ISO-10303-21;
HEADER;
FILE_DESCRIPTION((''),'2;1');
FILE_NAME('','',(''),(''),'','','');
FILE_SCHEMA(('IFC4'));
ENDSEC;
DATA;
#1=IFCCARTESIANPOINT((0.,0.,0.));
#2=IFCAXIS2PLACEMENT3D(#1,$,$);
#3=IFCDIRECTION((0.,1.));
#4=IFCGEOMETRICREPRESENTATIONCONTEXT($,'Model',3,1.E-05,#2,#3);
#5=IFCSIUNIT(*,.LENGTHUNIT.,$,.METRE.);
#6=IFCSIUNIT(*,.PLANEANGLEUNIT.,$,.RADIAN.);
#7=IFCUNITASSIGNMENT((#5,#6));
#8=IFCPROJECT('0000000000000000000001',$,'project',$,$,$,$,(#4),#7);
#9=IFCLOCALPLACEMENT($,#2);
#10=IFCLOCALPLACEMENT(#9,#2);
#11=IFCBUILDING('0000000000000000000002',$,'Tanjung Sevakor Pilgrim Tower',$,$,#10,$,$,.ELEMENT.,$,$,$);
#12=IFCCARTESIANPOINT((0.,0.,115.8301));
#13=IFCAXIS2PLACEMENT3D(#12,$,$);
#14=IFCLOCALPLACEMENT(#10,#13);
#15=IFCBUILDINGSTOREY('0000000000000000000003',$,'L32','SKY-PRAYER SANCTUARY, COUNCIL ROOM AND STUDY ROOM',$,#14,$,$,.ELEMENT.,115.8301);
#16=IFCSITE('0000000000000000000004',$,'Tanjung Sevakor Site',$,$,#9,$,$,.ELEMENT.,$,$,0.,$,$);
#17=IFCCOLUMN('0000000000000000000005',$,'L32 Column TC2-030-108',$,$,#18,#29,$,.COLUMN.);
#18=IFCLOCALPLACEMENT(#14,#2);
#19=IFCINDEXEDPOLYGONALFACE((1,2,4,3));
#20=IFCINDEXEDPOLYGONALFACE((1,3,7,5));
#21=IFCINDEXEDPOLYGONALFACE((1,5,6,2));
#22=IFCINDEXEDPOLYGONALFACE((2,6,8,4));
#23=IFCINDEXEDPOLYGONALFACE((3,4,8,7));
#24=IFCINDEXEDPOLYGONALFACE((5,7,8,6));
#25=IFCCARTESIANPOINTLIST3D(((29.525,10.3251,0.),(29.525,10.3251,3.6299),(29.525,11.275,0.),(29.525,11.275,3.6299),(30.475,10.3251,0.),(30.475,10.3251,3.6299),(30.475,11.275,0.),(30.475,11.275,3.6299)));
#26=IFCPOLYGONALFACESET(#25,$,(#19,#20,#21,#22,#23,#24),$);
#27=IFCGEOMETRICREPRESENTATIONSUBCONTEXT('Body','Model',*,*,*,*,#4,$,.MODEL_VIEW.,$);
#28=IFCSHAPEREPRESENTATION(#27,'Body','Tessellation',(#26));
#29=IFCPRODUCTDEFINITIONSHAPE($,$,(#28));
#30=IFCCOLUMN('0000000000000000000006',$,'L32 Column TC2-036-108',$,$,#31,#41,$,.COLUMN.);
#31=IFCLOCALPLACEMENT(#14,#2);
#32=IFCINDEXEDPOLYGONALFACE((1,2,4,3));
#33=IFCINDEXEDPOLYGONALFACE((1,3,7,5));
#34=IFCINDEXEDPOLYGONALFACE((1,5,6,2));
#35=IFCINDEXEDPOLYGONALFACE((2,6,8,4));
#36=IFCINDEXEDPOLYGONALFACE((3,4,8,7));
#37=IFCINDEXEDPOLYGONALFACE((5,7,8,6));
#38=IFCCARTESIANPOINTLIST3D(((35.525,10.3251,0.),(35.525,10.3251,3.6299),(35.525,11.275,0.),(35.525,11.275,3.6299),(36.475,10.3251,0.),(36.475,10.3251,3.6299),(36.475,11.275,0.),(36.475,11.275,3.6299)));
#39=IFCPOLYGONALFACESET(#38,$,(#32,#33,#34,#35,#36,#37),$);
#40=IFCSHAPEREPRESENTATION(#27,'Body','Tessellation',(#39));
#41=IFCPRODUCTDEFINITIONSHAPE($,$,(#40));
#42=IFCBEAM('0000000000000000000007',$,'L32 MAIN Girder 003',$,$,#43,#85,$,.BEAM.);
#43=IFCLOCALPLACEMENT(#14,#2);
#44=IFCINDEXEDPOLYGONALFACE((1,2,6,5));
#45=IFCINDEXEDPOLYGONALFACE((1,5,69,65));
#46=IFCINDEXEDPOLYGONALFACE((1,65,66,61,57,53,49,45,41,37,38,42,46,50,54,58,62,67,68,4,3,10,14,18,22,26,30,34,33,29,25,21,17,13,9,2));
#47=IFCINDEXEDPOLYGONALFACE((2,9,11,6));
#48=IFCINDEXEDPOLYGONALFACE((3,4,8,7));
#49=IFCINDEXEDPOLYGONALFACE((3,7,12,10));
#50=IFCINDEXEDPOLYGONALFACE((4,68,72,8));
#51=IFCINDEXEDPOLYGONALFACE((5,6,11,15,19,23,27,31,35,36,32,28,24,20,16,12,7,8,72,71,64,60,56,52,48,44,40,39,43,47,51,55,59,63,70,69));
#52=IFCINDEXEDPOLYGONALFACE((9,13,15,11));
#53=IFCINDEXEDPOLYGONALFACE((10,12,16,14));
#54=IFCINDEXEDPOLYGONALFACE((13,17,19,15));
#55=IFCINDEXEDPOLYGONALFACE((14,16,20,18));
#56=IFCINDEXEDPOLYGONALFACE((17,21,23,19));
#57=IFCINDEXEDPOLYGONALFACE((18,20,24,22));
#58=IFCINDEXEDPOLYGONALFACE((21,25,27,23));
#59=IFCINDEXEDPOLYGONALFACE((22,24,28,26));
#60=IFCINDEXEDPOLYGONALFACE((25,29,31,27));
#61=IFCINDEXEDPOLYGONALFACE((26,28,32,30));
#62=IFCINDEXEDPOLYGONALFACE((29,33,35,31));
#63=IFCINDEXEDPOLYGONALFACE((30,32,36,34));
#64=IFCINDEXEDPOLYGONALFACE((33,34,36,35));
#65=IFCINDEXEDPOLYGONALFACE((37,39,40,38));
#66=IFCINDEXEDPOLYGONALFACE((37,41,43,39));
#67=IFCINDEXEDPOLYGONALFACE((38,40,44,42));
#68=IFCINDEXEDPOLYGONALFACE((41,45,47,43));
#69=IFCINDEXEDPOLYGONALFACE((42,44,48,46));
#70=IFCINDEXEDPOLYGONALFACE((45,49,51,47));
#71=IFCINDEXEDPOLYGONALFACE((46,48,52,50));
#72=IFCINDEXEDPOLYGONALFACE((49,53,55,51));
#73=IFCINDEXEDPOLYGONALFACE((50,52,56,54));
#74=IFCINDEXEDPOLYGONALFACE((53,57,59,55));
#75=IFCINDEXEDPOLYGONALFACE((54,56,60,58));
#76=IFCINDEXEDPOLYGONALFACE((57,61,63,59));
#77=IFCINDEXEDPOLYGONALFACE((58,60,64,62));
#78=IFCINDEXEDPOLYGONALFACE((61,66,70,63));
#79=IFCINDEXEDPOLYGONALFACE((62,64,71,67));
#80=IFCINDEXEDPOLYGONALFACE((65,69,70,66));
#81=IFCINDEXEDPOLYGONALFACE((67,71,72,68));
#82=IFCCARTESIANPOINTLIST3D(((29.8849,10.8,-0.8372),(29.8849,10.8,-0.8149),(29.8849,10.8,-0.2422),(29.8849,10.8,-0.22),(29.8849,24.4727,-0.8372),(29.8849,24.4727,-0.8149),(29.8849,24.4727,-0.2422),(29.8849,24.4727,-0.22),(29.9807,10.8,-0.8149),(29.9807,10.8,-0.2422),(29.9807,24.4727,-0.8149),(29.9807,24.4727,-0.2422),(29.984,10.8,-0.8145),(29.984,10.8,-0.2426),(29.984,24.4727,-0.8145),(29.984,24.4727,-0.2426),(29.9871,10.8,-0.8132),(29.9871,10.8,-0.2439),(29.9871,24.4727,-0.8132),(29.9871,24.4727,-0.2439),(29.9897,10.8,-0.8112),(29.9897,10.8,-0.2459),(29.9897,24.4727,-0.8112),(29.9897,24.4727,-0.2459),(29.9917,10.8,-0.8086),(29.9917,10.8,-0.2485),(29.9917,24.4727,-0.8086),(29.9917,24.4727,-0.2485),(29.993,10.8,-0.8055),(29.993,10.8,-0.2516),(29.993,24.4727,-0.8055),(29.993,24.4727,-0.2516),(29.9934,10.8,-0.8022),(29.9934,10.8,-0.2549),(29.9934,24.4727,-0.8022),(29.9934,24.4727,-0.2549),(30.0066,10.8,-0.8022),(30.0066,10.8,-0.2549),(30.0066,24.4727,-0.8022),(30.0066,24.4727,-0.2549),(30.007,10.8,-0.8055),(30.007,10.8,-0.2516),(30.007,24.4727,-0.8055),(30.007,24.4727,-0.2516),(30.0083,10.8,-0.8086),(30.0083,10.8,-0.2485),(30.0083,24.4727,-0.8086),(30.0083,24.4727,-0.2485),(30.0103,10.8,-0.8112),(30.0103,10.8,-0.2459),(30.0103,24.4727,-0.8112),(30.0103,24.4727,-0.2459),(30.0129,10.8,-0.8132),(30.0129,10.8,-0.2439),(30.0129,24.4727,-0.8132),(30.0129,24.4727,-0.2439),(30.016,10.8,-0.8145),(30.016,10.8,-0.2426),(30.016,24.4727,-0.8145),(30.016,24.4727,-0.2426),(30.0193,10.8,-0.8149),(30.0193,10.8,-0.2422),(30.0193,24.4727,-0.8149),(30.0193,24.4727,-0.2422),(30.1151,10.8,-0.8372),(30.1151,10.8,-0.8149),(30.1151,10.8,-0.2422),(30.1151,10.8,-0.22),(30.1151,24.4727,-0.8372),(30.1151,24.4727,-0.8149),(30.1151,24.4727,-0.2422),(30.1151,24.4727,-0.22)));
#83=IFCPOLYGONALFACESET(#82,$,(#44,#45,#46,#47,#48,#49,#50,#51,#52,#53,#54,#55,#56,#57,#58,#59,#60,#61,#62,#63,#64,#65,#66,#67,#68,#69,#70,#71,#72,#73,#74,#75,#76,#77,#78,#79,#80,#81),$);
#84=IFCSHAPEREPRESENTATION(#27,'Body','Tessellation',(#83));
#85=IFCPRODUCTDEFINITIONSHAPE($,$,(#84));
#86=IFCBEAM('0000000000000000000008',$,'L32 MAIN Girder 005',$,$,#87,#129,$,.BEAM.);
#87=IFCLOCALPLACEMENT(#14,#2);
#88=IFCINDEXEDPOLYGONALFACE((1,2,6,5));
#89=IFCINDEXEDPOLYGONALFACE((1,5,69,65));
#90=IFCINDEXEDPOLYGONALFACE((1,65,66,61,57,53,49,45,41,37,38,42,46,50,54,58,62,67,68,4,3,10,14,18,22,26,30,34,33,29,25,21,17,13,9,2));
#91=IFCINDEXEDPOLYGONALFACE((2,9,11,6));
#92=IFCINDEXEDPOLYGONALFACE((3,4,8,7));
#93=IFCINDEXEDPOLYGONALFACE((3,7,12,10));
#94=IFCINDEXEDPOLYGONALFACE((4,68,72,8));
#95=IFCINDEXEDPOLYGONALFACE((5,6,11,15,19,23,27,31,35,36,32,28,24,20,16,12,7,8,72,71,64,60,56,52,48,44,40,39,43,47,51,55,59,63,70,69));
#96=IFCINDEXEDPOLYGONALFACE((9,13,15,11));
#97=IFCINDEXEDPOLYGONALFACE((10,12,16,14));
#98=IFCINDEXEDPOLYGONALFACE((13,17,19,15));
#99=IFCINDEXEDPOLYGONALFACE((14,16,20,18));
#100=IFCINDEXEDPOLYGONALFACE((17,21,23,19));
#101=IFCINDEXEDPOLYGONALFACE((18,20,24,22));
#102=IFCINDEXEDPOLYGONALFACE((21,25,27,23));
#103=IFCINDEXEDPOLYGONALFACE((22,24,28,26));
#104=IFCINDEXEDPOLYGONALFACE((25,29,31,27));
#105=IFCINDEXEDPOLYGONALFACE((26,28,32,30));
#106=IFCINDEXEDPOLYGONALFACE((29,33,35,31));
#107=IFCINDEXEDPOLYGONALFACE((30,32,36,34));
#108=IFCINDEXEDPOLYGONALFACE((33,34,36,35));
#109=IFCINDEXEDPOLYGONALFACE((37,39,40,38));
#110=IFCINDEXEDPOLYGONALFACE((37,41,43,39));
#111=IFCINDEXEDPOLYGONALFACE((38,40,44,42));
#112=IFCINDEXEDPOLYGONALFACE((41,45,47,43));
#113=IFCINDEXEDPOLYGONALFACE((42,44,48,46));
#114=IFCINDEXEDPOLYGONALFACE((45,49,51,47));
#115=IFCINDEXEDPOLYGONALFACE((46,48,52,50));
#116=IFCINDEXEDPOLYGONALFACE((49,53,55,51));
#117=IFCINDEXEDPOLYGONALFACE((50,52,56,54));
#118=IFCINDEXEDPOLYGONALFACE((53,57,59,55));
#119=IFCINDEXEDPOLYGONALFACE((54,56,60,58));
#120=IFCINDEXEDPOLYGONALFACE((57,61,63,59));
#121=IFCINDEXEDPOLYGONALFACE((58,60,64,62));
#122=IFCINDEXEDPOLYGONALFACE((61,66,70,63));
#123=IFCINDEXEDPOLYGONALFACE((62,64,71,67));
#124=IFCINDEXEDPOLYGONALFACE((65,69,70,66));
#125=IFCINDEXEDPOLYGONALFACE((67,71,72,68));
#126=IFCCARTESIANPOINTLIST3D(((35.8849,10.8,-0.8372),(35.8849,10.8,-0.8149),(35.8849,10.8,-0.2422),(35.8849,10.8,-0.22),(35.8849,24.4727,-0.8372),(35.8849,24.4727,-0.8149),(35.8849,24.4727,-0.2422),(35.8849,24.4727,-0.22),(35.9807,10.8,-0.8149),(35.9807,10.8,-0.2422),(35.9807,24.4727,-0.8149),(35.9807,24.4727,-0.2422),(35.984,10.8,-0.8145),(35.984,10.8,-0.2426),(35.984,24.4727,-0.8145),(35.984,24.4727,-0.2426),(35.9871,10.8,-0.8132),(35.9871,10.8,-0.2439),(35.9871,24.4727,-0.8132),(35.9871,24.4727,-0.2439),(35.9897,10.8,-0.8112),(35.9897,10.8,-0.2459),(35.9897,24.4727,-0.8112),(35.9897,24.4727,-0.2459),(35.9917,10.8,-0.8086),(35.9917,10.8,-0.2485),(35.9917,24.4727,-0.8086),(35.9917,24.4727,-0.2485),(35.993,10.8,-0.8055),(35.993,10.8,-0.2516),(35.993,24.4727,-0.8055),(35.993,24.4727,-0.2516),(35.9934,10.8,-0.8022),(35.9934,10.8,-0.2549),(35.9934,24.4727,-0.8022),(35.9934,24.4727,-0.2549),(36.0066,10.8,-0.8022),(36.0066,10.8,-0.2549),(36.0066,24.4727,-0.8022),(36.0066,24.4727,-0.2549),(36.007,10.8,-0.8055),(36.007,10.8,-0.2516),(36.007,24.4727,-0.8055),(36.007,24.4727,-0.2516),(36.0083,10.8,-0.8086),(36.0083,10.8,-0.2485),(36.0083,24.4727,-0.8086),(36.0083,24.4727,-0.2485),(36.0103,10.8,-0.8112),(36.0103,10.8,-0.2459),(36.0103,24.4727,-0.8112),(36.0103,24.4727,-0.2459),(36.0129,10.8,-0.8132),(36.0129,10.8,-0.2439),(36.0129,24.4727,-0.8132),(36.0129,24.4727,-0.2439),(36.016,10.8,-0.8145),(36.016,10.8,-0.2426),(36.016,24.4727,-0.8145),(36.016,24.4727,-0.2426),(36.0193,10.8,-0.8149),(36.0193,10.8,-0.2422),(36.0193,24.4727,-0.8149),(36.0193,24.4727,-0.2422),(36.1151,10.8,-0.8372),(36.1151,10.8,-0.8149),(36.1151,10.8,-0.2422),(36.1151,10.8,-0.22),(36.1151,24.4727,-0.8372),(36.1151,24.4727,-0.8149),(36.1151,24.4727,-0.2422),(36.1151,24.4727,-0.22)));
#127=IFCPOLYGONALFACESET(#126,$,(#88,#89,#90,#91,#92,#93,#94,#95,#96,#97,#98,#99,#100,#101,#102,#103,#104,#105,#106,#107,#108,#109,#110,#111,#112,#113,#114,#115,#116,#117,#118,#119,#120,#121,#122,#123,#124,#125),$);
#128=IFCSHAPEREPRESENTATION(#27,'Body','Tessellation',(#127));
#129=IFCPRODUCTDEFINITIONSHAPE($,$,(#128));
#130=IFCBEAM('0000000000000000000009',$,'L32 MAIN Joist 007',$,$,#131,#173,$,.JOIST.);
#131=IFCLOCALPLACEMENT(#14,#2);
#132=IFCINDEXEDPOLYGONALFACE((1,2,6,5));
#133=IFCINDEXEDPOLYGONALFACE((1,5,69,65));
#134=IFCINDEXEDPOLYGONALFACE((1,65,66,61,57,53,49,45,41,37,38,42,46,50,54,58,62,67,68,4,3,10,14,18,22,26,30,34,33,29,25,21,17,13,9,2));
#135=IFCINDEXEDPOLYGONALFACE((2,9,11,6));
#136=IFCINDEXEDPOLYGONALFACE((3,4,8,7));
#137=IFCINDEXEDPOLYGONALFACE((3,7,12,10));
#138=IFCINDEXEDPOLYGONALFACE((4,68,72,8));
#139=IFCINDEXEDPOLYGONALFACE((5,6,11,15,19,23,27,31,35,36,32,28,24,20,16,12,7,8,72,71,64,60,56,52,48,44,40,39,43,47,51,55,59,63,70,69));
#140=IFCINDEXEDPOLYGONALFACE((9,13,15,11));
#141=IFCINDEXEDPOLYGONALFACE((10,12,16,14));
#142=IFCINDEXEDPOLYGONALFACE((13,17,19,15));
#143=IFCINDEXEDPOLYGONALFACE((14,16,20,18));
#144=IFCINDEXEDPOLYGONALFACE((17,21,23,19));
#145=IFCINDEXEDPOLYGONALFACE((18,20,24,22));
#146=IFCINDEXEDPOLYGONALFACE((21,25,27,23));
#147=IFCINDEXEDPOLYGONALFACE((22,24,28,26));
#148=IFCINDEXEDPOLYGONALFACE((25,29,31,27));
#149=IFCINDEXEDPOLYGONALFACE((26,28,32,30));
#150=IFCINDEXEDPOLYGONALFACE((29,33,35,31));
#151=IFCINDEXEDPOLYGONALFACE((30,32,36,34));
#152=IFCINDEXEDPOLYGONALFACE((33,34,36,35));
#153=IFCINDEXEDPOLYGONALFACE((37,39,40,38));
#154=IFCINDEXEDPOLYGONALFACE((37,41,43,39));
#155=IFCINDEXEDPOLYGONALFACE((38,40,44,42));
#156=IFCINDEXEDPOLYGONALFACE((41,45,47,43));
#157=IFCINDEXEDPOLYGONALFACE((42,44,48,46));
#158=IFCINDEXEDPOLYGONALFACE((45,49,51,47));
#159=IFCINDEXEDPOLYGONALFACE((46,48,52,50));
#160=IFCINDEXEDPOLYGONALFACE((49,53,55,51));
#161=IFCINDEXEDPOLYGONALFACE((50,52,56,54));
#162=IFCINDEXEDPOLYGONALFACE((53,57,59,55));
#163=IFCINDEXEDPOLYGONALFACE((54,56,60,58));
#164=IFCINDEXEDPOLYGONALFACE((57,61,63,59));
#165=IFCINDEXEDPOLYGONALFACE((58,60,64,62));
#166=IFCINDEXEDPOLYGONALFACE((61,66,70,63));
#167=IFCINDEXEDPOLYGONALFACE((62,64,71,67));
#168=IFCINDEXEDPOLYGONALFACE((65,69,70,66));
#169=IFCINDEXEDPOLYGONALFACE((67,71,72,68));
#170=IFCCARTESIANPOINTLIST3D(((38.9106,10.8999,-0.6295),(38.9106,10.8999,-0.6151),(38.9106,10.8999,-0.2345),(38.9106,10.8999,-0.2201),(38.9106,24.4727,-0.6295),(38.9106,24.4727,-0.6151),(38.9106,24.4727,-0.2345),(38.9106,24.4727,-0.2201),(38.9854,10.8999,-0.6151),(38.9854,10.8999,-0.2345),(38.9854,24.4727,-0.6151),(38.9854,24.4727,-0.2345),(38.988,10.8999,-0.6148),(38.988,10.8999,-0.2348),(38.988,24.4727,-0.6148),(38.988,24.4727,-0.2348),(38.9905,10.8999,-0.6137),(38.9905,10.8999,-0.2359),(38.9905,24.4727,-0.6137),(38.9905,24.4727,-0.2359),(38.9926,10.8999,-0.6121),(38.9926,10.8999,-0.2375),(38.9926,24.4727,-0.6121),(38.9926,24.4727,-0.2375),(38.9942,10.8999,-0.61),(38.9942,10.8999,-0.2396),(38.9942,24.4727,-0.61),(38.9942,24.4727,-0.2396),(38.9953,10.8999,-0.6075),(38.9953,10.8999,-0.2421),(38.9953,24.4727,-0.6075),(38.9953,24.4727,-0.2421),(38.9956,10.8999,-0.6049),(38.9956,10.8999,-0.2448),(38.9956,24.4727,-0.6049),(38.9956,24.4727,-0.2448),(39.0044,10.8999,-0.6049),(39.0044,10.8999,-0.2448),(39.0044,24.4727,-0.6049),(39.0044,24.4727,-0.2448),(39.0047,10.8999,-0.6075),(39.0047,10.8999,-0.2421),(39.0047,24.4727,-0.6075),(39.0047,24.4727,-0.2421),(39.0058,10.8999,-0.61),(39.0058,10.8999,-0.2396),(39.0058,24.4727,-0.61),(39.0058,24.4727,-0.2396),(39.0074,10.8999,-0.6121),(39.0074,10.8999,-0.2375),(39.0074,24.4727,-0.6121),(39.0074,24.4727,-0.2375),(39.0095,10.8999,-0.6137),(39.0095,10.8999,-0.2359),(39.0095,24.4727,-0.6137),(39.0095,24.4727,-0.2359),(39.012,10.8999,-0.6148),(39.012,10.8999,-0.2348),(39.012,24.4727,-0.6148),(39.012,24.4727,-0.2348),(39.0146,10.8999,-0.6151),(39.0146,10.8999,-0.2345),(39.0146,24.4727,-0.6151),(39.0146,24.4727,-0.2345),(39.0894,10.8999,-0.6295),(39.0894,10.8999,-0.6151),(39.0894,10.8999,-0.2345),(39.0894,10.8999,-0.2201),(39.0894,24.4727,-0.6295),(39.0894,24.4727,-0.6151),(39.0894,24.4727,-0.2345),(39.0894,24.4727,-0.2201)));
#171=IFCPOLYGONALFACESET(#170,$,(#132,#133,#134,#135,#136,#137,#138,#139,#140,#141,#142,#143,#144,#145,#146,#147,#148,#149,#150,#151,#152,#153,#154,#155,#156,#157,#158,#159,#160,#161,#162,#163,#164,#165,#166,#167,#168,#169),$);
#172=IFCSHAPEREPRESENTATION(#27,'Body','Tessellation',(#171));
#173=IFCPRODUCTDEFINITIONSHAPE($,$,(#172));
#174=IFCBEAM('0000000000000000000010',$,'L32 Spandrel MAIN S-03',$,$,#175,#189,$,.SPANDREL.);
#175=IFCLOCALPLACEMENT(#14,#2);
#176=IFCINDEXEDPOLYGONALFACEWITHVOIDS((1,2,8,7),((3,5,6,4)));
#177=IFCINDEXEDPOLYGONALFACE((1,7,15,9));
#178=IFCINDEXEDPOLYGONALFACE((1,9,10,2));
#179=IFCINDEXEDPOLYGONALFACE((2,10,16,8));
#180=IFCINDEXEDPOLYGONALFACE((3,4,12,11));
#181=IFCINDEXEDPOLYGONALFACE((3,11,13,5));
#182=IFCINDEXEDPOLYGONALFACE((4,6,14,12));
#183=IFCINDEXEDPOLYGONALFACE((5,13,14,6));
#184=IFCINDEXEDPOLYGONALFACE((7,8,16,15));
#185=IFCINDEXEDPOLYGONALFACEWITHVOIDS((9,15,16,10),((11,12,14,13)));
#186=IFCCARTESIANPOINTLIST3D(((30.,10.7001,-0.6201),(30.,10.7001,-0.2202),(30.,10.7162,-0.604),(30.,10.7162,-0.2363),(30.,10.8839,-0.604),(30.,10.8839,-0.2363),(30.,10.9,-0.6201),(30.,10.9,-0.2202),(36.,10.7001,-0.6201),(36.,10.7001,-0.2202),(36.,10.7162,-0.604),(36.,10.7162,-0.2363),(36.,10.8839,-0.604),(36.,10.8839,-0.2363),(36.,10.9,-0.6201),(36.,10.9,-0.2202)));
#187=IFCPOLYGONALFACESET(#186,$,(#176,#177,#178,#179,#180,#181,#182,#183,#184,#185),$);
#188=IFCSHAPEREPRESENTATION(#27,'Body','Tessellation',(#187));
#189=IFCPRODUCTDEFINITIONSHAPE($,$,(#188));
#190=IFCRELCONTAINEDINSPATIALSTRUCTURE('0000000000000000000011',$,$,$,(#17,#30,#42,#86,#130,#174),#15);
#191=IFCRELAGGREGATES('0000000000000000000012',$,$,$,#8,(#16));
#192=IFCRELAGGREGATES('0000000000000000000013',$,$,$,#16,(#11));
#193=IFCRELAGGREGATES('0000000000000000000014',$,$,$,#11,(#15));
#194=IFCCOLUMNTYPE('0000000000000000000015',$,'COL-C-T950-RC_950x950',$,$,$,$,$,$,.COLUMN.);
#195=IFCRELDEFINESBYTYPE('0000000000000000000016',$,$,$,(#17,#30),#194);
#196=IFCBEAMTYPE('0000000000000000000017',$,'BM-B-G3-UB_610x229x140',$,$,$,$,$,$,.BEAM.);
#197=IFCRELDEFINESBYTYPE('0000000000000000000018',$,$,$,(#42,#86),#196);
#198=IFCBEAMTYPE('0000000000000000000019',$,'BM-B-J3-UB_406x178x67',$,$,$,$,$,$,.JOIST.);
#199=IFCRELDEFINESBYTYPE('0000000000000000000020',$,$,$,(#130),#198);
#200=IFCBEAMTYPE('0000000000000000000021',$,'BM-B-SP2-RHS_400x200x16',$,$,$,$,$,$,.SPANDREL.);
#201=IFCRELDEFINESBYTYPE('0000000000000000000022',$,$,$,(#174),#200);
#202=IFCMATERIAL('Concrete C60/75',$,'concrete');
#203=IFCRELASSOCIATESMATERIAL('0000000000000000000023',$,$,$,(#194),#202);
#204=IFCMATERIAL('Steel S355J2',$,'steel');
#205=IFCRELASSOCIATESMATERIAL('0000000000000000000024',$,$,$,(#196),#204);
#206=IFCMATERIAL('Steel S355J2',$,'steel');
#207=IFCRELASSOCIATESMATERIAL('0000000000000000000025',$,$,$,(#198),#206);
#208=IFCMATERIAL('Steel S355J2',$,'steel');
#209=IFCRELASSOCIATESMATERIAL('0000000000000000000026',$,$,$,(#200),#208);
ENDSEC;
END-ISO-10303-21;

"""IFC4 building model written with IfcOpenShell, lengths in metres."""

from ifc_helpers import new_model, si_unit, direction, frame, origin, origin_2d, place, context, subcontext, project, spatial, rectangle, hollow_rectangle, i_section, extrude, material, material_profile, profile_set, type_object, element, save


model = new_model("IFC4")

# Units and contexts
model_context = context("Model", 3, precision=1e-05, world=origin(), true_north=direction((0.0, 1.0)))
body_context = subcontext(model_context, "Body", "Model", "MODEL_VIEW")
ifc_project = project(units=[si_unit("LENGTHUNIT", "METRE"), si_unit("PLANEANGLEUNIT", "RADIAN")], contexts=[model_context])

# Site, building, storey
site_placement = place(None, origin())
site = spatial("IfcSite", under=ifc_project, at=site_placement, Name="Tanjung Sevakor Site", CompositionType="ELEMENT", RefElevation=0.0)
building_placement = place(site_placement, origin())
building = spatial("IfcBuilding", under=site, at=building_placement, Name="Tanjung Sevakor Pilgrim Tower", CompositionType="ELEMENT")
storey_placement = place(building_placement, frame((0.0, 0.0, 115.8301)))
storey = spatial("IfcBuildingStorey", under=building, at=storey_placement, Name="L32", Description="SKY-PRAYER SANCTUARY, COUNCIL ROOM AND STUDY ROOM", CompositionType="ELEMENT", Elevation=115.8301)

# Columns
ifc_material_1 = material(Name="Concrete C60/75", Category="concrete")
ifc_material_profile_1 = material_profile(ifc_material_1, rectangle(XDim=0.95, YDim=0.95, at=origin_2d()))
ifc_profile_set_1 = profile_set([ifc_material_profile_1], Name="Concrete C60/75")
column_type = type_object("IfcColumnType", Name="COL-C-T950-RC_950x950", PredefinedType="COLUMN", material=ifc_profile_set_1)
for number, where, z_axis, x_axis, name in (
    (1, (30.0, 10.8, 0.0), (0.0, 0.0, 1.0), (1.0, 0.0, 0.0), "L32 Column TC2-030-108"),
    (2, (36.0, 10.8, 0.0), (0.0, 0.0, 1.0), (1.0, 0.0, 0.0), "L32 Column TC2-036-108"),
):
    element("IfcColumn", number, at=place(storey_placement, frame(where, z_axis=z_axis, x_axis=x_axis)), inside=storey, type_object=column_type, Name=name, PredefinedType="COLUMN", context=body_context, shape_type="SweptSolid", body=[
        extrude(rectangle(XDim=0.95, YDim=0.95, at=origin_2d()), origin(), (0.0, 0.0, 1.0), 3.6299),
    ])

# Beams
ifc_material_2 = material(Name="Steel S355J2", Category="steel")
ifc_material_profile_2 = material_profile(ifc_material_2, i_section(OverallWidth=0.2302, OverallDepth=0.6172, WebThickness=0.0132, FlangeThickness=0.0222, FilletRadius=0.0127, at=origin_2d()))
ifc_profile_set_2 = profile_set([ifc_material_profile_2], Name="Steel S355J2")
beam_type_1 = type_object("IfcBeamType", Name="BM-B-G3-UB_610x229x140", PredefinedType="BEAM", material=ifc_profile_set_2)
for number, where, z_axis, x_axis, name in (
    (3, (30.0, 10.8, -0.5286), (0.0, 1.0, 0.0), (-1.0, 0.0, 0.0), "L32 MAIN Girder 003"),
    (4, (36.0, 10.8, -0.5286), (0.0, 1.0, 0.0), (-1.0, 0.0, 0.0), "L32 MAIN Girder 005"),
):
    element("IfcBeam", number, at=place(storey_placement, frame(where, z_axis=z_axis, x_axis=x_axis)), inside=storey, type_object=beam_type_1, Name=name, PredefinedType="BEAM", context=body_context, shape_type="SweptSolid", body=[
        extrude(i_section(OverallWidth=0.2302, OverallDepth=0.6172, WebThickness=0.0132, FlangeThickness=0.0222, FilletRadius=0.0127, at=origin_2d()), origin(), (0.0, 0.0, 1.0), 13.6726),
    ])
ifc_material_3 = material(Name="Steel S355J2", Category="steel")
ifc_material_profile_3 = material_profile(ifc_material_3, i_section(OverallWidth=0.1787, OverallDepth=0.4094, WebThickness=0.0088, FlangeThickness=0.0144, FilletRadius=0.0103, at=origin_2d()))
ifc_profile_set_3 = profile_set([ifc_material_profile_3], Name="Steel S355J2")
beam_type_2 = type_object("IfcBeamType", Name="BM-B-J3-UB_406x178x67", PredefinedType="JOIST", material=ifc_profile_set_3)
beam_placement = place(storey_placement, frame((39.0, 10.8999, -0.4248), z_axis=(0.0, 1.0, 0.0), x_axis=(-1.0, 0.0, 0.0)))
element("IfcBeam", 5, at=beam_placement, inside=storey, type_object=beam_type_2, Name="L32 MAIN Joist 007", PredefinedType="JOIST", context=body_context, shape_type="SweptSolid", body=[
    extrude(i_section(OverallWidth=0.1787, OverallDepth=0.4094, WebThickness=0.0088, FlangeThickness=0.0144, FilletRadius=0.0103, at=origin_2d()), origin(), (0.0, 0.0, 1.0), 13.5728),
])
ifc_material_4 = material(Name="Steel S355J2", Category="steel")
ifc_material_profile_4 = material_profile(ifc_material_4, hollow_rectangle(XDim=0.2, YDim=0.3999, WallThickness=0.0161, at=origin_2d()))
ifc_profile_set_4 = profile_set([ifc_material_profile_4], Name="Steel S355J2")
beam_type_3 = type_object("IfcBeamType", Name="BM-B-SP2-RHS_400x200x16", PredefinedType="SPANDREL", material=ifc_profile_set_4)
for number, where, z_axis, x_axis, name in (
    (6, (30.0, 10.8, -0.4202), (1.0, 0.0, 0.0), (0.0, 1.0, 0.0), "L32 Spandrel MAIN S-03"),
):
    element("IfcBeam", number, at=place(storey_placement, frame(where, z_axis=z_axis, x_axis=x_axis)), inside=storey, type_object=beam_type_3, Name=name, PredefinedType="SPANDREL", context=body_context, shape_type="SweptSolid", body=[
        extrude(hollow_rectangle(XDim=0.2, YDim=0.3999, WallThickness=0.0161, at=origin_2d()), origin(), (0.0, 0.0, 1.0), 6.0),
    ])

save(model, "model.ifc")
